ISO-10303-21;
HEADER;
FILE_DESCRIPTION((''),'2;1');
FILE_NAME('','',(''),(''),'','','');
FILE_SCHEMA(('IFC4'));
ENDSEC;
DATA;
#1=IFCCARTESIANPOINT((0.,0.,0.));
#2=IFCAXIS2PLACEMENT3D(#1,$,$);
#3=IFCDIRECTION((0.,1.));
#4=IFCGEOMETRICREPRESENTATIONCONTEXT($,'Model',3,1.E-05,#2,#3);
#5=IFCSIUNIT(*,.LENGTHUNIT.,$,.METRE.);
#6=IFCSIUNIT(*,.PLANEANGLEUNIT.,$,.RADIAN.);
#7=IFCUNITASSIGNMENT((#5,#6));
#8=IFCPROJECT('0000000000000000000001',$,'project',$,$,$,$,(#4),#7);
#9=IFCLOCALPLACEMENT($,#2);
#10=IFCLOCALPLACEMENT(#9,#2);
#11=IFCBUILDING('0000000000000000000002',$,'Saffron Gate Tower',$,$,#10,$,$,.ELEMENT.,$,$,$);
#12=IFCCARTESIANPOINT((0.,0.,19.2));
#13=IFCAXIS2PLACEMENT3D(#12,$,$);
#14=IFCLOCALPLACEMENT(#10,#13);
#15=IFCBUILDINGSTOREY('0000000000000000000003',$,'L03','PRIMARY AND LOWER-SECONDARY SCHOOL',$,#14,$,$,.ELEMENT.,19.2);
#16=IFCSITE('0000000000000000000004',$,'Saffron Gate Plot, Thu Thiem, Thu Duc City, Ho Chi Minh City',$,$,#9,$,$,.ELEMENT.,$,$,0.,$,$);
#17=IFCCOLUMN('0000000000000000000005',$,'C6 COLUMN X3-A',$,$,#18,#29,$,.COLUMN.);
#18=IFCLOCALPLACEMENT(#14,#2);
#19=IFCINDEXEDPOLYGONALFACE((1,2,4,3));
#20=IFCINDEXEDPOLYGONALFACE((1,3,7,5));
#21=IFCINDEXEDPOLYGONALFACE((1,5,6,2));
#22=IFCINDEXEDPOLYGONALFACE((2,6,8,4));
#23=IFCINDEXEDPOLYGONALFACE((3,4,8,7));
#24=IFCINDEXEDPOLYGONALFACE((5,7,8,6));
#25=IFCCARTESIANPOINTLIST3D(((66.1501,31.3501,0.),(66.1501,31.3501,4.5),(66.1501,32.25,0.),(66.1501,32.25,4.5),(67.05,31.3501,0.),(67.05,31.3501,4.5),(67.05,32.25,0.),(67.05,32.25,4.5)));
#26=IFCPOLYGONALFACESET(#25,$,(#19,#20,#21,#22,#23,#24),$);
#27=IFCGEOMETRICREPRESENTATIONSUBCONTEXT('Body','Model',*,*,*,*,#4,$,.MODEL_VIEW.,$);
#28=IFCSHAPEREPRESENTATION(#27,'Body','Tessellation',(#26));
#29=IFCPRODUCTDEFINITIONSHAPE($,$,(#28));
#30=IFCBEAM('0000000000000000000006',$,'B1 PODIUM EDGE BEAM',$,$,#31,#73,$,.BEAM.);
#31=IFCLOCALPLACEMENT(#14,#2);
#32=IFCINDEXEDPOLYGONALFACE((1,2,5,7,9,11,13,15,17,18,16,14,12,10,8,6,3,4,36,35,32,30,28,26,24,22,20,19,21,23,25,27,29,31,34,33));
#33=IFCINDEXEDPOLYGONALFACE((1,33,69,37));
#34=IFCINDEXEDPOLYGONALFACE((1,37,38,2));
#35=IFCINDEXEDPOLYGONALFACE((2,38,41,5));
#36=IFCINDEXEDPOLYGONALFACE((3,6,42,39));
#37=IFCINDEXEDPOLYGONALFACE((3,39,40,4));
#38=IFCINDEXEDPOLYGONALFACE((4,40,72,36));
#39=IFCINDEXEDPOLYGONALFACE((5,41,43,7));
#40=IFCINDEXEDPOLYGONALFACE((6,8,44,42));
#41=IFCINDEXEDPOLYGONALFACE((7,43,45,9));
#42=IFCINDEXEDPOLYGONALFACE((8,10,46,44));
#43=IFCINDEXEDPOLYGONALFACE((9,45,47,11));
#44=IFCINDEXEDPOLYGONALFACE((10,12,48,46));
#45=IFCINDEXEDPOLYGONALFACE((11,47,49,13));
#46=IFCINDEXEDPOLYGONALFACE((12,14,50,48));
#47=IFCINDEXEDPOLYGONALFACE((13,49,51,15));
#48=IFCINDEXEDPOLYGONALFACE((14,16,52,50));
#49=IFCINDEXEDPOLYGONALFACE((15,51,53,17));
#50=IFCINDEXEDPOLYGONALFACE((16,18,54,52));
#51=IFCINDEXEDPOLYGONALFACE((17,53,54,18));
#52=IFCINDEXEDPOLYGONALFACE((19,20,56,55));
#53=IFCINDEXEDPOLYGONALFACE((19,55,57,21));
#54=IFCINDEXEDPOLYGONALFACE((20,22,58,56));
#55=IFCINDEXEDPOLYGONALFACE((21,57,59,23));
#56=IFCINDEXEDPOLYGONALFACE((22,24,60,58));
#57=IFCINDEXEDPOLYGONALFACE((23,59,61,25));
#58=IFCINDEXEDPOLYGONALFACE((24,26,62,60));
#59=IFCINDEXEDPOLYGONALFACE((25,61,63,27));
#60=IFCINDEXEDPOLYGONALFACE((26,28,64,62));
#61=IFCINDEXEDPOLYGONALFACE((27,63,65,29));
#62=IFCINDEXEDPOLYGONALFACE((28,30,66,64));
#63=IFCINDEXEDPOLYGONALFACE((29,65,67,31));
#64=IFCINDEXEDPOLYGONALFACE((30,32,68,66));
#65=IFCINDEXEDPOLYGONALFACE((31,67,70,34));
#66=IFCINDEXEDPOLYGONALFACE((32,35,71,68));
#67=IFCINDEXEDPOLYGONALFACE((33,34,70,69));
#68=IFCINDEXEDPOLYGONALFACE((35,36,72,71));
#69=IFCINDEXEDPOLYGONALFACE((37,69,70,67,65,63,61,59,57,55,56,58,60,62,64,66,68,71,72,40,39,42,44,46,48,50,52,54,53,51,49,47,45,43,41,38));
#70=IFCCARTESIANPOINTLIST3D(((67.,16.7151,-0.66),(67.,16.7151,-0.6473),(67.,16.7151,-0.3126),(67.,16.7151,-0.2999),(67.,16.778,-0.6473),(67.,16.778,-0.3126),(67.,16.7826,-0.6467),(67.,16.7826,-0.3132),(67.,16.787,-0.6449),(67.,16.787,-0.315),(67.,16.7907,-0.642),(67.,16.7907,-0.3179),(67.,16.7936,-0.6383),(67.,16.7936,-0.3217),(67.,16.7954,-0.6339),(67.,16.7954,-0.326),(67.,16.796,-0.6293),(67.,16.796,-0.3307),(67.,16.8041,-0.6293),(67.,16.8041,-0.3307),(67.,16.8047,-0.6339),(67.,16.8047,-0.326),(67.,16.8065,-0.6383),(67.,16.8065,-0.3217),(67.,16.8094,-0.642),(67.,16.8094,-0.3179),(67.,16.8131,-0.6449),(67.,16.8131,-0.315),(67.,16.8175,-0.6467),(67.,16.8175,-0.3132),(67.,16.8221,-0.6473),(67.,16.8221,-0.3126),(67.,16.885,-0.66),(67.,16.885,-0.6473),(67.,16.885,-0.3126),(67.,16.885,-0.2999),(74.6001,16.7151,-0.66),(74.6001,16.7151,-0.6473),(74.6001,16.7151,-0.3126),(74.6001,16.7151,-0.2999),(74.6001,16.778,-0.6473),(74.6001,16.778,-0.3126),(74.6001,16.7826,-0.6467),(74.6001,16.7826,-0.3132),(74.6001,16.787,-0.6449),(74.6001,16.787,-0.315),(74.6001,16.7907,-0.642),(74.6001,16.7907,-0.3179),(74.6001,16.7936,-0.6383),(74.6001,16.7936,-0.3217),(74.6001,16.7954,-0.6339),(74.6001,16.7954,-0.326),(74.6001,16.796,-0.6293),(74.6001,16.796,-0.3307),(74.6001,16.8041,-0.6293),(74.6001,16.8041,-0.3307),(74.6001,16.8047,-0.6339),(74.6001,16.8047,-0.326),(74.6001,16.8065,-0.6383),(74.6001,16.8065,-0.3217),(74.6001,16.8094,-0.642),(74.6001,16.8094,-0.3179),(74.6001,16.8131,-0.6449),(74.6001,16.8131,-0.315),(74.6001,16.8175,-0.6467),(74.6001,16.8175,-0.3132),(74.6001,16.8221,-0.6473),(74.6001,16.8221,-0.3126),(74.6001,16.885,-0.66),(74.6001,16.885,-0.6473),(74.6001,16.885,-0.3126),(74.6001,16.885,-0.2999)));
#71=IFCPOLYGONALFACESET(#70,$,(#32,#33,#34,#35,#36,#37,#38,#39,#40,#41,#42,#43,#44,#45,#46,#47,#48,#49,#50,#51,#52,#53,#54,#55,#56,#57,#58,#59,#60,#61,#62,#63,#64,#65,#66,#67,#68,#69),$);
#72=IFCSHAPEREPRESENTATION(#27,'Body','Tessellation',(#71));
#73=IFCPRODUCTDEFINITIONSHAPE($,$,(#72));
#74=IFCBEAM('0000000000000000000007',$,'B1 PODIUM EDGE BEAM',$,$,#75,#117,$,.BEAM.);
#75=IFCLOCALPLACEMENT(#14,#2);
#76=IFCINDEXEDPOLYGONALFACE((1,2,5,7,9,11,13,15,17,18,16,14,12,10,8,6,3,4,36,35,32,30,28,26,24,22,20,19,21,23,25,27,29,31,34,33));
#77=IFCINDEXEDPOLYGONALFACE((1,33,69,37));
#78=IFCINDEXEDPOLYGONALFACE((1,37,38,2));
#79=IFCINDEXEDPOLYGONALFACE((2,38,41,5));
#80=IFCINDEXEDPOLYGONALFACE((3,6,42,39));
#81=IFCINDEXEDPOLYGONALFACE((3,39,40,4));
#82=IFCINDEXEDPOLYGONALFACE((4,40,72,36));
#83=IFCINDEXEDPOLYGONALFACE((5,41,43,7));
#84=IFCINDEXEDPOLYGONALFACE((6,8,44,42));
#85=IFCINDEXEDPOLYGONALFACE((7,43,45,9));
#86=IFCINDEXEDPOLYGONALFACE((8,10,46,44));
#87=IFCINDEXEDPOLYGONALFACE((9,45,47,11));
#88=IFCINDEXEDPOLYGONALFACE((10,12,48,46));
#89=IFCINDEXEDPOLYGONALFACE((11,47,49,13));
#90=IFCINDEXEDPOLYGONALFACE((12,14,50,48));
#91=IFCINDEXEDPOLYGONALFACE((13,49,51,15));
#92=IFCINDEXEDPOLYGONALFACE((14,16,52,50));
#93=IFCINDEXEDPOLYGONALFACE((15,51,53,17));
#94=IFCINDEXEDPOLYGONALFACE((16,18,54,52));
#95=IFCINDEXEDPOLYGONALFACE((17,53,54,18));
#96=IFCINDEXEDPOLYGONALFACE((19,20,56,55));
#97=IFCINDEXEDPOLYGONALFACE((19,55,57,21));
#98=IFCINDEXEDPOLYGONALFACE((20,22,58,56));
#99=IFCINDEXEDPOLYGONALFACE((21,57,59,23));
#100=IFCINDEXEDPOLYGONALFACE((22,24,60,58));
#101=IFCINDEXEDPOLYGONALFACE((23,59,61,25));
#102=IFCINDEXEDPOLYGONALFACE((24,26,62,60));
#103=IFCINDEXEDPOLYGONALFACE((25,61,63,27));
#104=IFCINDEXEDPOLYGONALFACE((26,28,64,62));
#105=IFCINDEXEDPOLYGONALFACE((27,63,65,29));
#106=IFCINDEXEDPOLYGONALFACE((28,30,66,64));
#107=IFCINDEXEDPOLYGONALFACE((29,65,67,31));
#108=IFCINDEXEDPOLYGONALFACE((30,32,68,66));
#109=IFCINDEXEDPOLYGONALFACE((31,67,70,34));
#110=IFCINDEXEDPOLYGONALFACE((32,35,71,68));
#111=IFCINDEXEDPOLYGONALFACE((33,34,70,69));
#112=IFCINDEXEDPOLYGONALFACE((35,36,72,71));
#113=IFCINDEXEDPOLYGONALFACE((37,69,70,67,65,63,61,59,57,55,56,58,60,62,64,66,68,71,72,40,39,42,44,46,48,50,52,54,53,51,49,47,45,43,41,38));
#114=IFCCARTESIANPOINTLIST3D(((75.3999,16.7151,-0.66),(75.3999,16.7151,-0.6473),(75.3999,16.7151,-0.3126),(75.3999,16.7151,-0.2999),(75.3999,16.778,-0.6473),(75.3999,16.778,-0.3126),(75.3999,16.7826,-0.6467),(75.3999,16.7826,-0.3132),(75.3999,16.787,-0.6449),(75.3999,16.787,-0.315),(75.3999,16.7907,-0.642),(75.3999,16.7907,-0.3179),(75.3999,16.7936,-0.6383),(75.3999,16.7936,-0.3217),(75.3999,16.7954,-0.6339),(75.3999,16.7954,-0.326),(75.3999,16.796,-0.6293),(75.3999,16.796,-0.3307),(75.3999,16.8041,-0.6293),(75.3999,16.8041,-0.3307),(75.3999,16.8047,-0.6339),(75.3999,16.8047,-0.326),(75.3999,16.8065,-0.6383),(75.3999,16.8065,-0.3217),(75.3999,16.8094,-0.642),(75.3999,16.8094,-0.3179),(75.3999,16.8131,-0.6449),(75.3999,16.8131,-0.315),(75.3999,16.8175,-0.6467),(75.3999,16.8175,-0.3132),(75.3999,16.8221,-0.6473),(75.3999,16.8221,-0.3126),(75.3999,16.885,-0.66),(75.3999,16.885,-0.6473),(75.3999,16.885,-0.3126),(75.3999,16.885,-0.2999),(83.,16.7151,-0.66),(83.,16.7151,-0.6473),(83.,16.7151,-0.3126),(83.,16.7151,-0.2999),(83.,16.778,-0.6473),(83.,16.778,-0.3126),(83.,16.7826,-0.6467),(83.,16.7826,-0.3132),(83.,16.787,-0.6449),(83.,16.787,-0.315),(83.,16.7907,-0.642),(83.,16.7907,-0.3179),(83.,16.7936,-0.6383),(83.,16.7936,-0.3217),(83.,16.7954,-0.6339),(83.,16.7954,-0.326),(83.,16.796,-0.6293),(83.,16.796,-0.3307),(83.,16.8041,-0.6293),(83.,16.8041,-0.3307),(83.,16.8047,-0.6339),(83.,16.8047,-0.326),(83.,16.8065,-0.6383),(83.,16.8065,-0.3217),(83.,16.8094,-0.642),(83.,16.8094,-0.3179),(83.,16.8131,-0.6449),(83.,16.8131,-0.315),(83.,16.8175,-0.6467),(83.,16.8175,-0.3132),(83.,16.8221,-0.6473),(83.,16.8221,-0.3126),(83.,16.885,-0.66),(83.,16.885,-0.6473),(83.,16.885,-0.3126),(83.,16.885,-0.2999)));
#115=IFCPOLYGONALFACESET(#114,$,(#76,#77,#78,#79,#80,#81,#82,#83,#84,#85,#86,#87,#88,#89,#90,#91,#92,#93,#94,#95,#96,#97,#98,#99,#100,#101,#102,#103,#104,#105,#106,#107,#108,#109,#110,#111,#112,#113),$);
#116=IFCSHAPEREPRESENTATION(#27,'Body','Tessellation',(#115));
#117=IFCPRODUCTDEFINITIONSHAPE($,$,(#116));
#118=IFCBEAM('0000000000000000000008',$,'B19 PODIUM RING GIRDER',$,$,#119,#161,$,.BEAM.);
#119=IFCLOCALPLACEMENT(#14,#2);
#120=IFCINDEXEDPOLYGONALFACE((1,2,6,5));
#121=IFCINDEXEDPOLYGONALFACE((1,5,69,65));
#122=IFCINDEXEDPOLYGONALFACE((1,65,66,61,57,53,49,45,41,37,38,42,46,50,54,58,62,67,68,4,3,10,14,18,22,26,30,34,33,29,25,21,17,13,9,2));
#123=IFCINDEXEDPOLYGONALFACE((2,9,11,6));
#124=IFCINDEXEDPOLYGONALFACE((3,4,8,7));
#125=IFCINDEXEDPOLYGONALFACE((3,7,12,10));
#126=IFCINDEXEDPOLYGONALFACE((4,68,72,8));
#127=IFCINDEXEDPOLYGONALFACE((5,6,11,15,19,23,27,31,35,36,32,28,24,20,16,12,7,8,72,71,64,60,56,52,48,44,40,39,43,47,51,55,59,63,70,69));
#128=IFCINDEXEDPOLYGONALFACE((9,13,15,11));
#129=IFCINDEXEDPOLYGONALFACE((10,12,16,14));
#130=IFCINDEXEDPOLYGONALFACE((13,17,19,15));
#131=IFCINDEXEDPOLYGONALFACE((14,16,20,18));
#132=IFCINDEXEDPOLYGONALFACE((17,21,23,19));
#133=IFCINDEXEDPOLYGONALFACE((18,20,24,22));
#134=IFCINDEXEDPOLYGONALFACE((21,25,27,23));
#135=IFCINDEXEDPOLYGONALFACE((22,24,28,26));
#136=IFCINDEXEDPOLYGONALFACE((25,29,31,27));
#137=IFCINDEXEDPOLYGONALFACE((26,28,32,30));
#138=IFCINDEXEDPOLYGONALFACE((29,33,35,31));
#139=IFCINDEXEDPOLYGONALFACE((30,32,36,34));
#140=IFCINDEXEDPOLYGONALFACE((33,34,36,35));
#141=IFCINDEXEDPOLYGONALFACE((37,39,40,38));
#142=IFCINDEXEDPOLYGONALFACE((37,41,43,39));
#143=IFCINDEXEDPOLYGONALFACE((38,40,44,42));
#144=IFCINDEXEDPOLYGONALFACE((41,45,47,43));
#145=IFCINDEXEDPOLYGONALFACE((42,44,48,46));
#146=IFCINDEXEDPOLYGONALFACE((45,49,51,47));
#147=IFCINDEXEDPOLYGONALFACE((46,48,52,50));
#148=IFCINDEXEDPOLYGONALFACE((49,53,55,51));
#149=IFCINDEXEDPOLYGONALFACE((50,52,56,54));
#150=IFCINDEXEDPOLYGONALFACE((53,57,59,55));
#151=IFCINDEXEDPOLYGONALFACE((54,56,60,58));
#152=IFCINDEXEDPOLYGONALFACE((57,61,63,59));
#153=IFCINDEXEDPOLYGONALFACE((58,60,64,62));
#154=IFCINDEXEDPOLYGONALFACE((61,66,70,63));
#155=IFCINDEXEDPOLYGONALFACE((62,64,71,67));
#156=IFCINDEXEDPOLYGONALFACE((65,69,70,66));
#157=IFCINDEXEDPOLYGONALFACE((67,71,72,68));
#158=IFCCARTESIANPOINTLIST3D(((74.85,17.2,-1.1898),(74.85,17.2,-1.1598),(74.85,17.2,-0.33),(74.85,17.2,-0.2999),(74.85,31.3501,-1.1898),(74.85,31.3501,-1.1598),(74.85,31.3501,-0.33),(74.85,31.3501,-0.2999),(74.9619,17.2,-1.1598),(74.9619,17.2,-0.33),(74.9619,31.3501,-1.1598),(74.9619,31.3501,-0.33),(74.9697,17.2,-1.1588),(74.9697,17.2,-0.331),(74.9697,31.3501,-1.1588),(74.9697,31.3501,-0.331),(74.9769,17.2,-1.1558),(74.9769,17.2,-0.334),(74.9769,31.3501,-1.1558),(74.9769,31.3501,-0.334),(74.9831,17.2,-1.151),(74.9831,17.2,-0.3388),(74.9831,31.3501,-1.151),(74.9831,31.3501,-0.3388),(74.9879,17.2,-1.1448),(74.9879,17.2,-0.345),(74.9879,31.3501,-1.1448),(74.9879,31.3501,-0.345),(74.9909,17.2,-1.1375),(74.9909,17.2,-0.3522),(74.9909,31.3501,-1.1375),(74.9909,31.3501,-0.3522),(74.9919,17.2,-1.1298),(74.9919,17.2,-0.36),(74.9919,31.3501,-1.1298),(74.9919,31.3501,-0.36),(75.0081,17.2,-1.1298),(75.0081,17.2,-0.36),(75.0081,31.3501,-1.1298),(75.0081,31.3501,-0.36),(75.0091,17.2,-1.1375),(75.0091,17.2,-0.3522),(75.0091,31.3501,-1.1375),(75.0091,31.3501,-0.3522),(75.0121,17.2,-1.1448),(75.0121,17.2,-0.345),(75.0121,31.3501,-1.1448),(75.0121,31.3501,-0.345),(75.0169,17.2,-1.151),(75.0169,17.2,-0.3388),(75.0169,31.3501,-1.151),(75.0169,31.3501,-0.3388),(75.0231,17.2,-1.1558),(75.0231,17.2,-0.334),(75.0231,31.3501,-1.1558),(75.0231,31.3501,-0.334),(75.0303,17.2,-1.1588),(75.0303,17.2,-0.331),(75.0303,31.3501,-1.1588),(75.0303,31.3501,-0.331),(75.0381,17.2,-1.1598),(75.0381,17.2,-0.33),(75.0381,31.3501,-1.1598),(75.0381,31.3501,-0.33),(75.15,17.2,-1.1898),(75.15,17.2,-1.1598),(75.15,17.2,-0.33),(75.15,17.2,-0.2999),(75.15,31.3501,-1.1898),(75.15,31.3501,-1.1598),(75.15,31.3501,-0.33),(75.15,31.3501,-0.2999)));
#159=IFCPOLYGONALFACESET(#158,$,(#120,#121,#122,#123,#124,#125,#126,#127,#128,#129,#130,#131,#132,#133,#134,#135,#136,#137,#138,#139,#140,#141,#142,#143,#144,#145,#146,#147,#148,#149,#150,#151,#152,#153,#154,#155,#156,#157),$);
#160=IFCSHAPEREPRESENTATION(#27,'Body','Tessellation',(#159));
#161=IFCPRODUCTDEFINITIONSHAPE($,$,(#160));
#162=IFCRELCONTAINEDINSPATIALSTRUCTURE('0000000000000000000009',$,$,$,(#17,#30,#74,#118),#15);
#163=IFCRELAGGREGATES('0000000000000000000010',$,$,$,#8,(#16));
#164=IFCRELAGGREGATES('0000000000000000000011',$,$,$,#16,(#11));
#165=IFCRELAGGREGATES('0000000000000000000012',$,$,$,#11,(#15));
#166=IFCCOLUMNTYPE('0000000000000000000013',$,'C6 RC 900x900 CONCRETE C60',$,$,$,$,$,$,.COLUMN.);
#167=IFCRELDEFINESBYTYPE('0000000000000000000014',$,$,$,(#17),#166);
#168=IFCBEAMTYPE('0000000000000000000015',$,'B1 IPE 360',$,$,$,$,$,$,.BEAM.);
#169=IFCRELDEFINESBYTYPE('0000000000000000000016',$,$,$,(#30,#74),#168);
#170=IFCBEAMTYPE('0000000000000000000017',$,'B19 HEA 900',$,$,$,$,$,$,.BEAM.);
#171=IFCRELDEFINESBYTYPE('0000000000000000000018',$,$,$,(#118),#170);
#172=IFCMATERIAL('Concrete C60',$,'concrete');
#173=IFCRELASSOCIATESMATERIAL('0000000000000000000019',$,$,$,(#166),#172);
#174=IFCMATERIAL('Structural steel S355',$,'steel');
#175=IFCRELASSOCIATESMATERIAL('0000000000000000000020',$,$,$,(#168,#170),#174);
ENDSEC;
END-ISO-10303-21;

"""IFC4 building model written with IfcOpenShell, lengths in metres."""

from ifc_helpers import new_model, si_unit, direction, frame, origin, origin_2d, place, context, subcontext, project, spatial, rectangle, i_section, extrude, material, material_profile, profile_set, type_object, element, save


model = new_model("IFC4")

# Units and contexts
model_context = context("Model", 3, precision=1e-05, world=origin(), true_north=direction((0.0, 1.0)))
body_context = subcontext(model_context, "Body", "Model", "MODEL_VIEW")
ifc_project = project(units=[si_unit("LENGTHUNIT", "METRE"), si_unit("PLANEANGLEUNIT", "RADIAN")], contexts=[model_context])

# Site, building, storey
site_placement = place(None, origin())
site = spatial("IfcSite", under=ifc_project, at=site_placement, Name="Saffron Gate Plot, Thu Thiem, Thu Duc City, Ho Chi Minh City", CompositionType="ELEMENT", RefElevation=0.0)
building_placement = place(site_placement, origin())
building = spatial("IfcBuilding", under=site, at=building_placement, Name="Saffron Gate Tower", CompositionType="ELEMENT")
storey_placement = place(building_placement, frame((0.0, 0.0, 19.2)))
storey = spatial("IfcBuildingStorey", under=building, at=storey_placement, Name="L03", Description="PRIMARY AND LOWER-SECONDARY SCHOOL", CompositionType="ELEMENT", Elevation=19.2)

# Column
ifc_material_1 = material(Name="Concrete C60", Category="concrete")
ifc_material_profile_1 = material_profile(ifc_material_1, rectangle(XDim=0.8999, YDim=0.8999, at=origin_2d()))
ifc_profile_set_1 = profile_set([ifc_material_profile_1], Name="Concrete C60")
column_type = type_object("IfcColumnType", Name="C6 RC 900x900 CONCRETE C60", PredefinedType="COLUMN", material=ifc_profile_set_1)
column_placement = place(storey_placement, frame((66.6001, 31.8, 0.0), z_axis=(0.0, 0.0, 1.0), x_axis=(1.0, 0.0, 0.0)))
element("IfcColumn", 1, at=column_placement, inside=storey, type_object=column_type, Name="C6 COLUMN X3-A", PredefinedType="COLUMN", context=body_context, shape_type="SweptSolid", body=[
    extrude(rectangle(XDim=0.8999, YDim=0.8999, at=origin_2d()), origin(), (0.0, 0.0, 1.0), 4.5),
])

# Beams
ifc_material_2 = material(Name="Structural steel S355", Category="steel")
ifc_material_profile_2 = material_profile(ifc_material_2, i_section(OverallWidth=0.1699, OverallDepth=0.3601, WebThickness=0.0081, FlangeThickness=0.0127, FilletRadius=0.0181, at=origin_2d()))
ifc_profile_set_2 = profile_set([ifc_material_profile_2], Name="Structural steel S355")
beam_type_1 = type_object("IfcBeamType", Name="B1 IPE 360", PredefinedType="BEAM", material=ifc_profile_set_2)
for number, where, z_axis, x_axis, name in (
    (2, (67.0, 16.8, -0.48), (1.0, 0.0, 0.0), (0.0, 1.0, 0.0), "B1 PODIUM EDGE BEAM"),
    (3, (75.3999, 16.8, -0.48), (1.0, 0.0, 0.0), (0.0, 1.0, 0.0), "B1 PODIUM EDGE BEAM"),
):
    element("IfcBeam", number, at=place(storey_placement, frame(where, z_axis=z_axis, x_axis=x_axis)), inside=storey, type_object=beam_type_1, Name=name, PredefinedType="BEAM", context=body_context, shape_type="SweptSolid", body=[
        extrude(i_section(OverallWidth=0.1699, OverallDepth=0.3601, WebThickness=0.0081, FlangeThickness=0.0127, FilletRadius=0.0181, at=origin_2d()), origin(), (0.0, 0.0, 1.0), 7.6001),
    ])
ifc_material_profile_3 = material_profile(ifc_material_2, i_section(OverallWidth=0.3, OverallDepth=0.8899, WebThickness=0.0161, FlangeThickness=0.03, FilletRadius=0.03, at=origin_2d()))
ifc_profile_set_3 = profile_set([ifc_material_profile_3], Name="Structural steel S355")
beam_type_2 = type_object("IfcBeamType", Name="B19 HEA 900", PredefinedType="BEAM", material=ifc_profile_set_3)
for number, where, z_axis, x_axis, name in (
    (4, (75.0, 17.2, -0.7449), (0.0, 1.0, 0.0), (-1.0, 0.0, 0.0), "B19 PODIUM RING GIRDER"),
):
    element("IfcBeam", number, at=place(storey_placement, frame(where, z_axis=z_axis, x_axis=x_axis)), inside=storey, type_object=beam_type_2, Name=name, PredefinedType="BEAM", context=body_context, shape_type="SweptSolid", body=[
        extrude(i_section(OverallWidth=0.3, OverallDepth=0.8899, WebThickness=0.0161, FlangeThickness=0.03, FilletRadius=0.03, at=origin_2d()), origin(), (0.0, 0.0, 1.0), 14.1501),
    ])

save(model, "model.ifc")
